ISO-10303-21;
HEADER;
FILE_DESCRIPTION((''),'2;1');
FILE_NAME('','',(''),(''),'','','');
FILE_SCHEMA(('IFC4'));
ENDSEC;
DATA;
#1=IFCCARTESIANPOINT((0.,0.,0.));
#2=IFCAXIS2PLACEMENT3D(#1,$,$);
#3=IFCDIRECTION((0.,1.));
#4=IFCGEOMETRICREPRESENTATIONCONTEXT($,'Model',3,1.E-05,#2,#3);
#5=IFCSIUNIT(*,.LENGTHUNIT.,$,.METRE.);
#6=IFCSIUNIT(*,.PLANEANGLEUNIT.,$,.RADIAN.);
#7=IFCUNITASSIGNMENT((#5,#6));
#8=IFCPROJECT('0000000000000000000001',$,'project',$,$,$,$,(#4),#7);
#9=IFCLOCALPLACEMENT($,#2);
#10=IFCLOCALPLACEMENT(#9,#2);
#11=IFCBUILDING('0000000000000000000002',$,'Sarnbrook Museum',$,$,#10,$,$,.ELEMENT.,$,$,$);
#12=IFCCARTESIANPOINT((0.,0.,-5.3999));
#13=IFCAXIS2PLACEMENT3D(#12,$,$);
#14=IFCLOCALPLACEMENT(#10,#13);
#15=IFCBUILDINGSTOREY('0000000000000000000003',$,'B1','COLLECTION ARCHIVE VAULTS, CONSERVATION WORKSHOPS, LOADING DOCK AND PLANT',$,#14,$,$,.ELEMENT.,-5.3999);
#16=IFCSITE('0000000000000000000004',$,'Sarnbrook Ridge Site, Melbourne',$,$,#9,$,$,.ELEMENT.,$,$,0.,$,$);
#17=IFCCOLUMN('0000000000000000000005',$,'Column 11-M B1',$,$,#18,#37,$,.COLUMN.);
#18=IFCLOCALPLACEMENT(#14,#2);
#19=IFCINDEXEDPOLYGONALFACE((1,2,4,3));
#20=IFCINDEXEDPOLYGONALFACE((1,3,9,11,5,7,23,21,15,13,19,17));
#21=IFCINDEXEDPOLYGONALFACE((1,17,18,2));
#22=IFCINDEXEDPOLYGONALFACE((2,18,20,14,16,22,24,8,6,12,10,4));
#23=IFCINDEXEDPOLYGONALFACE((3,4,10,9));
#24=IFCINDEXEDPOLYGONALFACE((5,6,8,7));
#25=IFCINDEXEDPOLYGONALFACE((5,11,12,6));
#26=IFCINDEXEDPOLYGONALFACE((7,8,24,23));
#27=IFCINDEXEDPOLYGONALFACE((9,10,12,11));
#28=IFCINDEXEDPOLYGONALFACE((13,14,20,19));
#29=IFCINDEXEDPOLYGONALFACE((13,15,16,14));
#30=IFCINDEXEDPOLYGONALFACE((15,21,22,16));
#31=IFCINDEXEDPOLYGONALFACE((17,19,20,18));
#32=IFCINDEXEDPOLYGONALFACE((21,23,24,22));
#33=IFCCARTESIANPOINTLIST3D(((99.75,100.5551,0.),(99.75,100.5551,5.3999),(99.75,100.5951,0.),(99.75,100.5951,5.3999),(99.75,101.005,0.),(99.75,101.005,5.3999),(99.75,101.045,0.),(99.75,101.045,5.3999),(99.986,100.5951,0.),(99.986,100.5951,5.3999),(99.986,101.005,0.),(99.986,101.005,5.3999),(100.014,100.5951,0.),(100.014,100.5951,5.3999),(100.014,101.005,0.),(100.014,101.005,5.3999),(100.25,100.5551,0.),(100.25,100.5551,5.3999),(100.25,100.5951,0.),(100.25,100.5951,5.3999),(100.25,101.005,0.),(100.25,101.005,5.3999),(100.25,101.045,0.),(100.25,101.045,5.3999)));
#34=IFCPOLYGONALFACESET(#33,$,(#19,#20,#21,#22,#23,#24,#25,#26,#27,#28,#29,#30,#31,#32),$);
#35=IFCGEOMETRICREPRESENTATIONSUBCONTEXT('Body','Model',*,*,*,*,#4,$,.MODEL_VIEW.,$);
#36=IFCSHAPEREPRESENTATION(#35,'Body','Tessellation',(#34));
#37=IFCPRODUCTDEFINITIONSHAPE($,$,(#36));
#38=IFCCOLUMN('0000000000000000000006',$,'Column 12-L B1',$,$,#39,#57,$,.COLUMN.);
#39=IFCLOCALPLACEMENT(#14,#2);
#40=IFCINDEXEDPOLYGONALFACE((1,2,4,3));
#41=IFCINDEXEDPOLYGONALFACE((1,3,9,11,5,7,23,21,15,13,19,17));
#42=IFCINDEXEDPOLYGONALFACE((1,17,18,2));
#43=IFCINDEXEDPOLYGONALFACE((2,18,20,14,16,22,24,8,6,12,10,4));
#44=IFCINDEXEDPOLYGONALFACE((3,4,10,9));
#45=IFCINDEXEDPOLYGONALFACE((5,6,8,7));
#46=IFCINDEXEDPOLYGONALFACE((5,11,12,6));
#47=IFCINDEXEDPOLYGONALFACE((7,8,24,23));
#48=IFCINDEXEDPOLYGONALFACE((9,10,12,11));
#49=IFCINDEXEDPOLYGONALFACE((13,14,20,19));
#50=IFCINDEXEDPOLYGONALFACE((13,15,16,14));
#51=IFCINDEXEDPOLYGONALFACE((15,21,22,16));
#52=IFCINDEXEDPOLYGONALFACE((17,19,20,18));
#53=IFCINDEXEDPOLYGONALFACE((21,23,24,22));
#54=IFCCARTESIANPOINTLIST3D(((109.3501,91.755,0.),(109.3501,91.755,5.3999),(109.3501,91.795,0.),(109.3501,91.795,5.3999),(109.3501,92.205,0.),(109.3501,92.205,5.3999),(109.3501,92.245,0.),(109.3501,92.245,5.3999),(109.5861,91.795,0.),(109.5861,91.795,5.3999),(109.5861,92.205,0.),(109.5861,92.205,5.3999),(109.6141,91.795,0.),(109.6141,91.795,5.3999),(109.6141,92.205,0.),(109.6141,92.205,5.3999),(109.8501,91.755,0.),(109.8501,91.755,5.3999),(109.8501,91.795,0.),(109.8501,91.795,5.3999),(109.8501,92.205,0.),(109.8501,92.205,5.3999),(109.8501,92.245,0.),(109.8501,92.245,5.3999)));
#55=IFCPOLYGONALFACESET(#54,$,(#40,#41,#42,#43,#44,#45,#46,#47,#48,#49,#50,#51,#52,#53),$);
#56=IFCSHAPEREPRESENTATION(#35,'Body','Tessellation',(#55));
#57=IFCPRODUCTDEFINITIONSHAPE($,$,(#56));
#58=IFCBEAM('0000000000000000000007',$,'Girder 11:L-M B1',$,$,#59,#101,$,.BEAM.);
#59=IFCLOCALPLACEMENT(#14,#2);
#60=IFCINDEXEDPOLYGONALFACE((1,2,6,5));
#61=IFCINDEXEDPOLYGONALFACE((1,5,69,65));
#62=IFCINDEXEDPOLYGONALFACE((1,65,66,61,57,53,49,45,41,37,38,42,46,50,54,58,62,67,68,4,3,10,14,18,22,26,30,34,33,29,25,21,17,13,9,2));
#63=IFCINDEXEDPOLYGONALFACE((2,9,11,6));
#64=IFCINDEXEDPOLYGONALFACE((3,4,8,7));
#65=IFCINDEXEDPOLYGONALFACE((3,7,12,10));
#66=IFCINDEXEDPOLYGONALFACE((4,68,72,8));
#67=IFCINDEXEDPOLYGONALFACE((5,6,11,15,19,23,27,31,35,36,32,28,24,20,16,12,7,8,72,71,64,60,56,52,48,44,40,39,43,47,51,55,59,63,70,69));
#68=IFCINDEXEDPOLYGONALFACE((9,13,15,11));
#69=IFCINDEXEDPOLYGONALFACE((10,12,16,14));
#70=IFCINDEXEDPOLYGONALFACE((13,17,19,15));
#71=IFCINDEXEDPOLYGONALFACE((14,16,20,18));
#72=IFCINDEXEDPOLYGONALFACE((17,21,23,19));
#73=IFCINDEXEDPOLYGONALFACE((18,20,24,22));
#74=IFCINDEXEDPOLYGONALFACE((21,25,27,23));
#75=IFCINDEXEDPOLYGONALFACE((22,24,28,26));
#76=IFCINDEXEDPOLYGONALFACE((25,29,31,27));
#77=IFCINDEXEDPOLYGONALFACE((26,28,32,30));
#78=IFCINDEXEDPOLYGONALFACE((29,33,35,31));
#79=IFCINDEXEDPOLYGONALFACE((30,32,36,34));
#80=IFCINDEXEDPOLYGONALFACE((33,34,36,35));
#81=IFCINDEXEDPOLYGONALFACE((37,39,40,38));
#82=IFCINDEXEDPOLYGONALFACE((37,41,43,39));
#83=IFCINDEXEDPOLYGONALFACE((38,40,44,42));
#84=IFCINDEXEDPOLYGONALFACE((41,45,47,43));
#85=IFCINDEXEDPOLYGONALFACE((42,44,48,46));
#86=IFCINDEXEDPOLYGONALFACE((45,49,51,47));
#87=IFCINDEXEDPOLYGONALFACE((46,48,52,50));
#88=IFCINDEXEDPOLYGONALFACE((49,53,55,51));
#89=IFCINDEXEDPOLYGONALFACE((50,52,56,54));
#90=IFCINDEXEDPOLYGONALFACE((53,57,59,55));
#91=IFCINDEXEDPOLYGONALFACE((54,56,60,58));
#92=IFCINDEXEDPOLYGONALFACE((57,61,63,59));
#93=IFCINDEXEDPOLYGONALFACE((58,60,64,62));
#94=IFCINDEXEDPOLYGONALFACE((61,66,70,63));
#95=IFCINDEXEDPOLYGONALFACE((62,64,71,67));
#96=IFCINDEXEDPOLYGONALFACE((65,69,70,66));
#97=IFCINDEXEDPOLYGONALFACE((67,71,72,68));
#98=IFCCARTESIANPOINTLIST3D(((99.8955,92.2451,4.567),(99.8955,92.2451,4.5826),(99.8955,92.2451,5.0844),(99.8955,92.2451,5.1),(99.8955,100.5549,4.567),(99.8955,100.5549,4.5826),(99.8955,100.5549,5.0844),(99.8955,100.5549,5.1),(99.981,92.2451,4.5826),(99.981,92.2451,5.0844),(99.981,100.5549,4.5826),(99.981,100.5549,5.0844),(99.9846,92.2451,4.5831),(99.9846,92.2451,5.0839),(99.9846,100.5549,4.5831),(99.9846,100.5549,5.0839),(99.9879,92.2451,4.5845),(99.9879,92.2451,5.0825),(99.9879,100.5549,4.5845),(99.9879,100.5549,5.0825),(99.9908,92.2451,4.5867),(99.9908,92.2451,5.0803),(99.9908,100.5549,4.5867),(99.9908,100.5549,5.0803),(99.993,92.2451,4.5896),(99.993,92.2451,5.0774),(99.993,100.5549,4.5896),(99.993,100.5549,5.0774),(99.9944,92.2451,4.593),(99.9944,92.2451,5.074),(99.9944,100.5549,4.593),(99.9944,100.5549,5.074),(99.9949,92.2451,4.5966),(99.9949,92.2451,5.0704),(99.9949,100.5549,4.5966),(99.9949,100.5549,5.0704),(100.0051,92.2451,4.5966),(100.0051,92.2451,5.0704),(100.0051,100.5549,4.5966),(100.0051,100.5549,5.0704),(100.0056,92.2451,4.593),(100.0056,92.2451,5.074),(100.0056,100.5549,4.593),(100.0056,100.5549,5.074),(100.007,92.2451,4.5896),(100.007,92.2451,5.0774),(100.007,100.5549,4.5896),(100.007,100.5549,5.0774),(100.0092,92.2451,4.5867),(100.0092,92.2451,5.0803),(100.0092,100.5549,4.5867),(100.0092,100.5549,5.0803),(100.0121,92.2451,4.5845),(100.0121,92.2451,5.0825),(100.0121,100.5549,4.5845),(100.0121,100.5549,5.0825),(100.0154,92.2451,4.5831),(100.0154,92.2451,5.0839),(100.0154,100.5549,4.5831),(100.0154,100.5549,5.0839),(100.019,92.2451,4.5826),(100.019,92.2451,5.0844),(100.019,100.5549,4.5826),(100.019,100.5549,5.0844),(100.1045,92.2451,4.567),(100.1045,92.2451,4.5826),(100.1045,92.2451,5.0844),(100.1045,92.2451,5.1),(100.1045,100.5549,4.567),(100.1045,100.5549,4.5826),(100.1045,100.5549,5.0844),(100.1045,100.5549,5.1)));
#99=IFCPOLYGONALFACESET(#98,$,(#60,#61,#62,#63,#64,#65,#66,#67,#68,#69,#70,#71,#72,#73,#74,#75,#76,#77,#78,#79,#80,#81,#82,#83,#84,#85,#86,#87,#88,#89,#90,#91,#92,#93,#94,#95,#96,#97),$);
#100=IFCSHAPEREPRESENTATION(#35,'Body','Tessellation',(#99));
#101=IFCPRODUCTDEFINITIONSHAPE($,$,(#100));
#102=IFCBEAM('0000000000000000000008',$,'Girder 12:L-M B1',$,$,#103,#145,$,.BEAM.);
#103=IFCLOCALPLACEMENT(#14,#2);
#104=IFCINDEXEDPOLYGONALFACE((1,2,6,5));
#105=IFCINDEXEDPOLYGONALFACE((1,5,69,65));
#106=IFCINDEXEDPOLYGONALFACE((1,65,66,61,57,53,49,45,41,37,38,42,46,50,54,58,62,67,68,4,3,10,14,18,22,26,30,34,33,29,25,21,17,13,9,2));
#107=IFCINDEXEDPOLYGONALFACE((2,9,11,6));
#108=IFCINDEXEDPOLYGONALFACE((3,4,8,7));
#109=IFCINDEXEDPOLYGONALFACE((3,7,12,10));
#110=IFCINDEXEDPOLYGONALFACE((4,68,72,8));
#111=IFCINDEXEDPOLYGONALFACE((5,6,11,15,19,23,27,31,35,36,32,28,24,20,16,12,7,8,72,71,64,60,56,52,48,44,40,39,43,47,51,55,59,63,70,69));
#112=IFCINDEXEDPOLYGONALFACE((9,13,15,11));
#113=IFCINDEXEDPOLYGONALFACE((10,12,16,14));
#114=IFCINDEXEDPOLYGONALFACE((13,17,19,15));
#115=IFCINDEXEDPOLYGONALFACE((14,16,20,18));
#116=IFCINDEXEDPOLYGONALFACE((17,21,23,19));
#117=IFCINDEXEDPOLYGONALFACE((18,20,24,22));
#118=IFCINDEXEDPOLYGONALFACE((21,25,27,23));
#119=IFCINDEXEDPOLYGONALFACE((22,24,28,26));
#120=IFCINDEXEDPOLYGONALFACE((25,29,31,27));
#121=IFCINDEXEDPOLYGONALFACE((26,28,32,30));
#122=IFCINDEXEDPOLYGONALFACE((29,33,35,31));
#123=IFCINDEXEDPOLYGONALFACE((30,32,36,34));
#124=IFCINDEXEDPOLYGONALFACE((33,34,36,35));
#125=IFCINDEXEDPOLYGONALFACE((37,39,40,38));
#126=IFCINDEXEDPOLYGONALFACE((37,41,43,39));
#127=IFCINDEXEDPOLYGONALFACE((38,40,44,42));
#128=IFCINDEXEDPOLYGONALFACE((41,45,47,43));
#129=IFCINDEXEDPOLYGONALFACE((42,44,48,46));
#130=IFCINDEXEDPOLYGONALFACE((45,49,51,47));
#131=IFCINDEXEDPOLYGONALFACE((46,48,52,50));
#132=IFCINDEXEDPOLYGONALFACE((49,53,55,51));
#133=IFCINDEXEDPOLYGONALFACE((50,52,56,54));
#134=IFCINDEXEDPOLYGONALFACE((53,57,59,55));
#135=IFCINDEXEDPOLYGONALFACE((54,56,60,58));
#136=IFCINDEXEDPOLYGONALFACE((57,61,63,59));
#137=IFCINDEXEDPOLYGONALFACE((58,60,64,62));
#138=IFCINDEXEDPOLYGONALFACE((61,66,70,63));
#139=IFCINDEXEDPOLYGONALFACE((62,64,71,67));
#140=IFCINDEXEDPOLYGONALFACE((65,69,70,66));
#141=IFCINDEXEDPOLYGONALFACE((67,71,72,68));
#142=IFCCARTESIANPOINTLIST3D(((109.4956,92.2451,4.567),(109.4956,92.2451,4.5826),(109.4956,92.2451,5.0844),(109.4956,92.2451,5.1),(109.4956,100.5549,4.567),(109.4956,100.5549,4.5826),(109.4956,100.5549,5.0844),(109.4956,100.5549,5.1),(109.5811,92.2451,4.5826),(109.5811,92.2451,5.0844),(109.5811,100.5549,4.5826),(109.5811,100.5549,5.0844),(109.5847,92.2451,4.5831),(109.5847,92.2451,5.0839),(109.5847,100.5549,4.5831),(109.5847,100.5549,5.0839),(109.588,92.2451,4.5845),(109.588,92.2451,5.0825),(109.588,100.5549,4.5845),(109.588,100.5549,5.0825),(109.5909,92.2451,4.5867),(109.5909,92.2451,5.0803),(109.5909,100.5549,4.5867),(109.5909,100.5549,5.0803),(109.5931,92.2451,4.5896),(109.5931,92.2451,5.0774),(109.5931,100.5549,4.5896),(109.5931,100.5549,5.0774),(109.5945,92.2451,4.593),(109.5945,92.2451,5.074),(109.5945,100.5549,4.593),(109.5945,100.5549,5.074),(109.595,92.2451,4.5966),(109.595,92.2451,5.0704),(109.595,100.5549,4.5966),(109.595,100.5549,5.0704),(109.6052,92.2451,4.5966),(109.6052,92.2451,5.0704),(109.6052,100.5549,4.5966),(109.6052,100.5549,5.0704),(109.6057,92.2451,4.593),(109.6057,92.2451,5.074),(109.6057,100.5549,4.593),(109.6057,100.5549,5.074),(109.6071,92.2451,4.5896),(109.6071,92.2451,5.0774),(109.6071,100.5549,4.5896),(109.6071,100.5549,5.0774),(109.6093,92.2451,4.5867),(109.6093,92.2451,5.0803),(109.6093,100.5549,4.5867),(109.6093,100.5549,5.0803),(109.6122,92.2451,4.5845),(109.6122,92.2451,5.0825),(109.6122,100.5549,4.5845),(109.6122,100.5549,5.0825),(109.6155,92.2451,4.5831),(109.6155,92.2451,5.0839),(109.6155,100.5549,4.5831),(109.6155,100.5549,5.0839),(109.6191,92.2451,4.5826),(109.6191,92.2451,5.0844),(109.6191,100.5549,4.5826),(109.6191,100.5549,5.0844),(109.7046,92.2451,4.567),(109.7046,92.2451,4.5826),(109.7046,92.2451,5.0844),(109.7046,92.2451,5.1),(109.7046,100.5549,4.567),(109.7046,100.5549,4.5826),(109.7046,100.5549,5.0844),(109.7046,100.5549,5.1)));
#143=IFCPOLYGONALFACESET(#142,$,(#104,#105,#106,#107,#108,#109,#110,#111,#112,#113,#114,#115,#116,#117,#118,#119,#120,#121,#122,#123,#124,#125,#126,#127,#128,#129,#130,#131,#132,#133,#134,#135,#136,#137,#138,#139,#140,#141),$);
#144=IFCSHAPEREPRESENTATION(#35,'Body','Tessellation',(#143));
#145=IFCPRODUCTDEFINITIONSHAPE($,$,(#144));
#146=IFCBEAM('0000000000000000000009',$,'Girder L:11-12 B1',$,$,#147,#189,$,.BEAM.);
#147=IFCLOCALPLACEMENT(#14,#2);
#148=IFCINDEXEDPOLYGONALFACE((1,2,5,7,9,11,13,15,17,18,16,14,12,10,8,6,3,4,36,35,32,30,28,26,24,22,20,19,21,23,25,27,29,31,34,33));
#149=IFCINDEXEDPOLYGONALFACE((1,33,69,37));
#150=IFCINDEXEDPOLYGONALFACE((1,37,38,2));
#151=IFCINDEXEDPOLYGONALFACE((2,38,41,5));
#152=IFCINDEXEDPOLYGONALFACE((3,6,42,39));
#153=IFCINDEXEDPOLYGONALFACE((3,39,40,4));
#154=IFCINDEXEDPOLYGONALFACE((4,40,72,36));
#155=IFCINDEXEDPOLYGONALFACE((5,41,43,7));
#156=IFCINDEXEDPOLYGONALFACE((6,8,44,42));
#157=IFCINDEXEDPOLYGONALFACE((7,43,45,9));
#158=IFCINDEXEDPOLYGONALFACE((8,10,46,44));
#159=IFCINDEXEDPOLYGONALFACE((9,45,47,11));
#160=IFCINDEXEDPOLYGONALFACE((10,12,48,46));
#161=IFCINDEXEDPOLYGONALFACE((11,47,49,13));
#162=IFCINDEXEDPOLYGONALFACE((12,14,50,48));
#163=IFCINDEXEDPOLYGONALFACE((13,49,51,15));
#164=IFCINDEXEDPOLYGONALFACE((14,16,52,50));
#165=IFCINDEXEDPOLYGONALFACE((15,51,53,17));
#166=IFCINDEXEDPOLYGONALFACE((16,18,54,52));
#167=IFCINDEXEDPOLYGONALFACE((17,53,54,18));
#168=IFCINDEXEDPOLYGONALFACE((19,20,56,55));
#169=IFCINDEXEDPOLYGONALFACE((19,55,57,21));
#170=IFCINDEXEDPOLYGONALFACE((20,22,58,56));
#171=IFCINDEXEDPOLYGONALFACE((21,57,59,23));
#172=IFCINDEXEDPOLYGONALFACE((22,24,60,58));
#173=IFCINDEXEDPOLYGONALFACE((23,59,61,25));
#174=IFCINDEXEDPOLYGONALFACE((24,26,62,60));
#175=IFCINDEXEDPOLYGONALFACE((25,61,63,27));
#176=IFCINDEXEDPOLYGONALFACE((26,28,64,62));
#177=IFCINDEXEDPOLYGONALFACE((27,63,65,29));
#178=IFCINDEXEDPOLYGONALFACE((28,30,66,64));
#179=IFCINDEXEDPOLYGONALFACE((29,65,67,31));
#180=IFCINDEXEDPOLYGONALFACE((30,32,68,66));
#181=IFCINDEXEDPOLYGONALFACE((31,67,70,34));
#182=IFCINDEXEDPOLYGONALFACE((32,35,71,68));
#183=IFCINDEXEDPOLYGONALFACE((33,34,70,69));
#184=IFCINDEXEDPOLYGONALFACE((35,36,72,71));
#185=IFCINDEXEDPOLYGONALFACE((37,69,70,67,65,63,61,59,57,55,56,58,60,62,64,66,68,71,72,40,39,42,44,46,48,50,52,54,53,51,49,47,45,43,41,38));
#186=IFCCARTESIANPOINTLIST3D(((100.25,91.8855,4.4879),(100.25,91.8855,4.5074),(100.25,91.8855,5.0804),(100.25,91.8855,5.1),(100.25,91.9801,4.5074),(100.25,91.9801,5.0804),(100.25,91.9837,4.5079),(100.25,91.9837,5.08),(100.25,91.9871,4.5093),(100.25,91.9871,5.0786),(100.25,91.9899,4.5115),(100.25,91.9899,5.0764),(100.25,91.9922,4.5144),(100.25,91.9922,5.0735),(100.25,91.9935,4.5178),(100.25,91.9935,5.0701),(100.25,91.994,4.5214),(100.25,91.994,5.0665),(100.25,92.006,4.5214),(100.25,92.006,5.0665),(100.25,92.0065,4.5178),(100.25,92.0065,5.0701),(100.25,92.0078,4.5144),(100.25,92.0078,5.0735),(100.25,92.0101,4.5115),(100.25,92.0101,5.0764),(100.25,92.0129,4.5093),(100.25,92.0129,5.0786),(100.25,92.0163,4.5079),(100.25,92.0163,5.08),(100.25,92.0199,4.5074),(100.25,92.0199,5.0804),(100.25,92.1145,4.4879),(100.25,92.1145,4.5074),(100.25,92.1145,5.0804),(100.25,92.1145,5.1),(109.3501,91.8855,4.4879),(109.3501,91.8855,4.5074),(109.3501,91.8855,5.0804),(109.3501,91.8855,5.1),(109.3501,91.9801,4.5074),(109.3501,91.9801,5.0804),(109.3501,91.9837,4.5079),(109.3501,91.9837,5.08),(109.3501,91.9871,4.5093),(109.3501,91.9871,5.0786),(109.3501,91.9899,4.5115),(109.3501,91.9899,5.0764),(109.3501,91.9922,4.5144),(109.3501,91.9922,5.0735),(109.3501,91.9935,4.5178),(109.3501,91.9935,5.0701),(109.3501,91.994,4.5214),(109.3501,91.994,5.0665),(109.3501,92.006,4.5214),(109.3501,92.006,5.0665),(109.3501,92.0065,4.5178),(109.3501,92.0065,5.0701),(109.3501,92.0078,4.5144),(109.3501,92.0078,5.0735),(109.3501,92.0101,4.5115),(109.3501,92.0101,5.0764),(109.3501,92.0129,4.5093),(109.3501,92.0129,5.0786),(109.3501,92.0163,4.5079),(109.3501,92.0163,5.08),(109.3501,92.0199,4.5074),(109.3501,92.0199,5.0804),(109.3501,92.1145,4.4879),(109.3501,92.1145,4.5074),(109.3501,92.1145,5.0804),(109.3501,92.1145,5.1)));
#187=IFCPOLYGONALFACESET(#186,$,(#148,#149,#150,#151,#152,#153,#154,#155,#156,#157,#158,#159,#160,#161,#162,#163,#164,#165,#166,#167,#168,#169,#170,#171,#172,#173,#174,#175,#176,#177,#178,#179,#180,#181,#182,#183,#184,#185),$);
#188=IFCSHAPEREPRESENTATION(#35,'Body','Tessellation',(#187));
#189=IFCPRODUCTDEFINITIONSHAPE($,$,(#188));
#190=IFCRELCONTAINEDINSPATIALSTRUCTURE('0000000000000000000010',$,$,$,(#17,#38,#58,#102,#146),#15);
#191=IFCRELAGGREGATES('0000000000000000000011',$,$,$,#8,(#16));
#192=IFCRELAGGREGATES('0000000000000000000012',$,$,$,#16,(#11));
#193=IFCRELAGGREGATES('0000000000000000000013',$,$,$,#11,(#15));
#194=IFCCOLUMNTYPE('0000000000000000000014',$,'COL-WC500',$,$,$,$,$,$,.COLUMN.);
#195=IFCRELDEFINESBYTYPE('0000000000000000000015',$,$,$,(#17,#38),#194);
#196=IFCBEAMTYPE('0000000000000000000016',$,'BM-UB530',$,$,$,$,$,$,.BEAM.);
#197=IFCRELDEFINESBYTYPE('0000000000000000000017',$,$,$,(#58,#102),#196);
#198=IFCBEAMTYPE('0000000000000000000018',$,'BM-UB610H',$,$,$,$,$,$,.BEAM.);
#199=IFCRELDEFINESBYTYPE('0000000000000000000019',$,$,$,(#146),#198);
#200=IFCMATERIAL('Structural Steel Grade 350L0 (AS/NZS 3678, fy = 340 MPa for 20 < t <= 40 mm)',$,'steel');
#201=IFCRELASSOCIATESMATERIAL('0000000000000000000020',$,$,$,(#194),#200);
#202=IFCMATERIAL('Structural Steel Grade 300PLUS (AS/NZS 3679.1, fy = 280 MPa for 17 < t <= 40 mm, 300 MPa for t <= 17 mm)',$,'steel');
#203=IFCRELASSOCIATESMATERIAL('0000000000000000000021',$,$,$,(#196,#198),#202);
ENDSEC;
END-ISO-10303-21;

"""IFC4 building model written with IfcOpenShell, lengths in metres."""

from ifc_helpers import new_model, si_unit, direction, frame, origin, origin_2d, place, context, subcontext, project, spatial, i_section, extrude, material, material_profile, profile_set, type_object, element, save


model = new_model("IFC4")

# Units and contexts
model_context = context("Model", 3, precision=1e-05, world=origin(), true_north=direction((0.0, 1.0)))
body_context = subcontext(model_context, "Body", "Model", "MODEL_VIEW")
ifc_project = project(units=[si_unit("LENGTHUNIT", "METRE"), si_unit("PLANEANGLEUNIT", "RADIAN")], contexts=[model_context])

# Site, building, storey
site_placement = place(None, origin())
site = spatial("IfcSite", under=ifc_project, at=site_placement, Name="Sarnbrook Ridge Site, Melbourne", CompositionType="ELEMENT", RefElevation=0.0)
building_placement = place(site_placement, origin())
building = spatial("IfcBuilding", under=site, at=building_placement, Name="Sarnbrook Museum", CompositionType="ELEMENT")
storey_placement = place(building_placement, frame((0.0, 0.0, -5.3999)))
storey = spatial("IfcBuildingStorey", under=building, at=storey_placement, Name="B1", Description="COLLECTION ARCHIVE VAULTS, CONSERVATION WORKSHOPS, LOADING DOCK AND PLANT", CompositionType="ELEMENT", Elevation=-5.3999)

# Columns
ifc_material_1 = material(Name="Structural Steel Grade 350L0 (AS/NZS 3678, fy = 340 MPa for 20 < t <= 40 mm)", Category="steel")
ifc_material_profile_1 = material_profile(ifc_material_1, i_section(OverallWidth=0.5, OverallDepth=0.49, WebThickness=0.0281, FlangeThickness=0.04, at=origin_2d()), Name="500WC340")
ifc_profile_set_1 = profile_set([ifc_material_profile_1], Name="Structural Steel Grade 350L0 (AS/NZS 3678, fy = 340 MPa for 20 < t <= 40 mm)")
column_type = type_object("IfcColumnType", Name="COL-WC500", PredefinedType="COLUMN", material=ifc_profile_set_1)
for number, where, z_axis, x_axis, name in (
    (1, (100.0, 100.8, 0.0), (0.0, 0.0, 1.0), (1.0, 0.0, 0.0), "Column 11-M B1"),
    (2, (109.6001, 92.0, 0.0), (0.0, 0.0, 1.0), (1.0, 0.0, 0.0), "Column 12-L B1"),
):
    element("IfcColumn", number, at=place(storey_placement, frame(where, z_axis=z_axis, x_axis=x_axis)), inside=storey, type_object=column_type, Name=name, PredefinedType="COLUMN", context=body_context, shape_type="SweptSolid", body=[
        extrude(i_section(OverallWidth=0.5, OverallDepth=0.49, WebThickness=0.0281, FlangeThickness=0.04, at=origin_2d()), origin(), (0.0, 0.0, 1.0), 5.3999),
    ])

# Beams
ifc_material_2 = material(Name="Structural Steel Grade 300PLUS (AS/NZS 3679.1, fy = 280 MPa for 17 < t <= 40 mm, 300 MPa for t <= 17 mm)", Category="steel")
ifc_material_profile_2 = material_profile(ifc_material_2, i_section(OverallWidth=0.209, OverallDepth=0.533, WebThickness=0.0103, FlangeThickness=0.0156, FilletRadius=0.0139, at=origin_2d()), Name="530UB92.4")
ifc_profile_set_2 = profile_set([ifc_material_profile_2], Name="Structural Steel Grade 300PLUS (AS/NZS 3679.1, fy = 280 MPa for 17 < t <= 40 mm, 300 MPa for t <= 17 mm)")
beam_type_1 = type_object("IfcBeamType", Name="BM-UB530", PredefinedType="BEAM", material=ifc_profile_set_2)
for number, where, z_axis, x_axis, name in (
    (3, (100.0, 92.2451, 4.8335), (0.0, 1.0, 0.0), (-1.0, 0.0, 0.0), "Girder 11:L-M B1"),
    (4, (109.6001, 92.2451, 4.8335), (0.0, 1.0, 0.0), (-1.0, 0.0, 0.0), "Girder 12:L-M B1"),
):
    element("IfcBeam", number, at=place(storey_placement, frame(where, z_axis=z_axis, x_axis=x_axis)), inside=storey, type_object=beam_type_1, Name=name, PredefinedType="BEAM", context=body_context, shape_type="SweptSolid", body=[
        extrude(i_section(OverallWidth=0.209, OverallDepth=0.533, WebThickness=0.0103, FlangeThickness=0.0156, FilletRadius=0.0139, at=origin_2d()), origin(), (0.0, 0.0, 1.0), 8.3098),
    ])
ifc_material_profile_3 = material_profile(ifc_material_2, i_section(OverallWidth=0.229, OverallDepth=0.6121, WebThickness=0.012, FlangeThickness=0.0195, FilletRadius=0.0139, at=origin_2d()), Name="610UB125")
ifc_profile_set_3 = profile_set([ifc_material_profile_3], Name="Structural Steel Grade 300PLUS (AS/NZS 3679.1, fy = 280 MPa for 17 < t <= 40 mm, 300 MPa for t <= 17 mm)")
beam_type_2 = type_object("IfcBeamType", Name="BM-UB610H", PredefinedType="BEAM", material=ifc_profile_set_3)
beam_1_placement = place(storey_placement, frame((100.25, 92.0, 4.7939), z_axis=(1.0, 0.0, 0.0), x_axis=(0.0, 1.0, 0.0)))
element("IfcBeam", 5, at=beam_1_placement, inside=storey, type_object=beam_type_2, Name="Girder L:11-12 B1", PredefinedType="BEAM", context=body_context, shape_type="SweptSolid", body=[
    extrude(i_section(OverallWidth=0.229, OverallDepth=0.6121, WebThickness=0.012, FlangeThickness=0.0195, FilletRadius=0.0139, at=origin_2d()), origin(), (0.0, 0.0, 1.0), 9.1001),
])

save(model, "model.ifc")
